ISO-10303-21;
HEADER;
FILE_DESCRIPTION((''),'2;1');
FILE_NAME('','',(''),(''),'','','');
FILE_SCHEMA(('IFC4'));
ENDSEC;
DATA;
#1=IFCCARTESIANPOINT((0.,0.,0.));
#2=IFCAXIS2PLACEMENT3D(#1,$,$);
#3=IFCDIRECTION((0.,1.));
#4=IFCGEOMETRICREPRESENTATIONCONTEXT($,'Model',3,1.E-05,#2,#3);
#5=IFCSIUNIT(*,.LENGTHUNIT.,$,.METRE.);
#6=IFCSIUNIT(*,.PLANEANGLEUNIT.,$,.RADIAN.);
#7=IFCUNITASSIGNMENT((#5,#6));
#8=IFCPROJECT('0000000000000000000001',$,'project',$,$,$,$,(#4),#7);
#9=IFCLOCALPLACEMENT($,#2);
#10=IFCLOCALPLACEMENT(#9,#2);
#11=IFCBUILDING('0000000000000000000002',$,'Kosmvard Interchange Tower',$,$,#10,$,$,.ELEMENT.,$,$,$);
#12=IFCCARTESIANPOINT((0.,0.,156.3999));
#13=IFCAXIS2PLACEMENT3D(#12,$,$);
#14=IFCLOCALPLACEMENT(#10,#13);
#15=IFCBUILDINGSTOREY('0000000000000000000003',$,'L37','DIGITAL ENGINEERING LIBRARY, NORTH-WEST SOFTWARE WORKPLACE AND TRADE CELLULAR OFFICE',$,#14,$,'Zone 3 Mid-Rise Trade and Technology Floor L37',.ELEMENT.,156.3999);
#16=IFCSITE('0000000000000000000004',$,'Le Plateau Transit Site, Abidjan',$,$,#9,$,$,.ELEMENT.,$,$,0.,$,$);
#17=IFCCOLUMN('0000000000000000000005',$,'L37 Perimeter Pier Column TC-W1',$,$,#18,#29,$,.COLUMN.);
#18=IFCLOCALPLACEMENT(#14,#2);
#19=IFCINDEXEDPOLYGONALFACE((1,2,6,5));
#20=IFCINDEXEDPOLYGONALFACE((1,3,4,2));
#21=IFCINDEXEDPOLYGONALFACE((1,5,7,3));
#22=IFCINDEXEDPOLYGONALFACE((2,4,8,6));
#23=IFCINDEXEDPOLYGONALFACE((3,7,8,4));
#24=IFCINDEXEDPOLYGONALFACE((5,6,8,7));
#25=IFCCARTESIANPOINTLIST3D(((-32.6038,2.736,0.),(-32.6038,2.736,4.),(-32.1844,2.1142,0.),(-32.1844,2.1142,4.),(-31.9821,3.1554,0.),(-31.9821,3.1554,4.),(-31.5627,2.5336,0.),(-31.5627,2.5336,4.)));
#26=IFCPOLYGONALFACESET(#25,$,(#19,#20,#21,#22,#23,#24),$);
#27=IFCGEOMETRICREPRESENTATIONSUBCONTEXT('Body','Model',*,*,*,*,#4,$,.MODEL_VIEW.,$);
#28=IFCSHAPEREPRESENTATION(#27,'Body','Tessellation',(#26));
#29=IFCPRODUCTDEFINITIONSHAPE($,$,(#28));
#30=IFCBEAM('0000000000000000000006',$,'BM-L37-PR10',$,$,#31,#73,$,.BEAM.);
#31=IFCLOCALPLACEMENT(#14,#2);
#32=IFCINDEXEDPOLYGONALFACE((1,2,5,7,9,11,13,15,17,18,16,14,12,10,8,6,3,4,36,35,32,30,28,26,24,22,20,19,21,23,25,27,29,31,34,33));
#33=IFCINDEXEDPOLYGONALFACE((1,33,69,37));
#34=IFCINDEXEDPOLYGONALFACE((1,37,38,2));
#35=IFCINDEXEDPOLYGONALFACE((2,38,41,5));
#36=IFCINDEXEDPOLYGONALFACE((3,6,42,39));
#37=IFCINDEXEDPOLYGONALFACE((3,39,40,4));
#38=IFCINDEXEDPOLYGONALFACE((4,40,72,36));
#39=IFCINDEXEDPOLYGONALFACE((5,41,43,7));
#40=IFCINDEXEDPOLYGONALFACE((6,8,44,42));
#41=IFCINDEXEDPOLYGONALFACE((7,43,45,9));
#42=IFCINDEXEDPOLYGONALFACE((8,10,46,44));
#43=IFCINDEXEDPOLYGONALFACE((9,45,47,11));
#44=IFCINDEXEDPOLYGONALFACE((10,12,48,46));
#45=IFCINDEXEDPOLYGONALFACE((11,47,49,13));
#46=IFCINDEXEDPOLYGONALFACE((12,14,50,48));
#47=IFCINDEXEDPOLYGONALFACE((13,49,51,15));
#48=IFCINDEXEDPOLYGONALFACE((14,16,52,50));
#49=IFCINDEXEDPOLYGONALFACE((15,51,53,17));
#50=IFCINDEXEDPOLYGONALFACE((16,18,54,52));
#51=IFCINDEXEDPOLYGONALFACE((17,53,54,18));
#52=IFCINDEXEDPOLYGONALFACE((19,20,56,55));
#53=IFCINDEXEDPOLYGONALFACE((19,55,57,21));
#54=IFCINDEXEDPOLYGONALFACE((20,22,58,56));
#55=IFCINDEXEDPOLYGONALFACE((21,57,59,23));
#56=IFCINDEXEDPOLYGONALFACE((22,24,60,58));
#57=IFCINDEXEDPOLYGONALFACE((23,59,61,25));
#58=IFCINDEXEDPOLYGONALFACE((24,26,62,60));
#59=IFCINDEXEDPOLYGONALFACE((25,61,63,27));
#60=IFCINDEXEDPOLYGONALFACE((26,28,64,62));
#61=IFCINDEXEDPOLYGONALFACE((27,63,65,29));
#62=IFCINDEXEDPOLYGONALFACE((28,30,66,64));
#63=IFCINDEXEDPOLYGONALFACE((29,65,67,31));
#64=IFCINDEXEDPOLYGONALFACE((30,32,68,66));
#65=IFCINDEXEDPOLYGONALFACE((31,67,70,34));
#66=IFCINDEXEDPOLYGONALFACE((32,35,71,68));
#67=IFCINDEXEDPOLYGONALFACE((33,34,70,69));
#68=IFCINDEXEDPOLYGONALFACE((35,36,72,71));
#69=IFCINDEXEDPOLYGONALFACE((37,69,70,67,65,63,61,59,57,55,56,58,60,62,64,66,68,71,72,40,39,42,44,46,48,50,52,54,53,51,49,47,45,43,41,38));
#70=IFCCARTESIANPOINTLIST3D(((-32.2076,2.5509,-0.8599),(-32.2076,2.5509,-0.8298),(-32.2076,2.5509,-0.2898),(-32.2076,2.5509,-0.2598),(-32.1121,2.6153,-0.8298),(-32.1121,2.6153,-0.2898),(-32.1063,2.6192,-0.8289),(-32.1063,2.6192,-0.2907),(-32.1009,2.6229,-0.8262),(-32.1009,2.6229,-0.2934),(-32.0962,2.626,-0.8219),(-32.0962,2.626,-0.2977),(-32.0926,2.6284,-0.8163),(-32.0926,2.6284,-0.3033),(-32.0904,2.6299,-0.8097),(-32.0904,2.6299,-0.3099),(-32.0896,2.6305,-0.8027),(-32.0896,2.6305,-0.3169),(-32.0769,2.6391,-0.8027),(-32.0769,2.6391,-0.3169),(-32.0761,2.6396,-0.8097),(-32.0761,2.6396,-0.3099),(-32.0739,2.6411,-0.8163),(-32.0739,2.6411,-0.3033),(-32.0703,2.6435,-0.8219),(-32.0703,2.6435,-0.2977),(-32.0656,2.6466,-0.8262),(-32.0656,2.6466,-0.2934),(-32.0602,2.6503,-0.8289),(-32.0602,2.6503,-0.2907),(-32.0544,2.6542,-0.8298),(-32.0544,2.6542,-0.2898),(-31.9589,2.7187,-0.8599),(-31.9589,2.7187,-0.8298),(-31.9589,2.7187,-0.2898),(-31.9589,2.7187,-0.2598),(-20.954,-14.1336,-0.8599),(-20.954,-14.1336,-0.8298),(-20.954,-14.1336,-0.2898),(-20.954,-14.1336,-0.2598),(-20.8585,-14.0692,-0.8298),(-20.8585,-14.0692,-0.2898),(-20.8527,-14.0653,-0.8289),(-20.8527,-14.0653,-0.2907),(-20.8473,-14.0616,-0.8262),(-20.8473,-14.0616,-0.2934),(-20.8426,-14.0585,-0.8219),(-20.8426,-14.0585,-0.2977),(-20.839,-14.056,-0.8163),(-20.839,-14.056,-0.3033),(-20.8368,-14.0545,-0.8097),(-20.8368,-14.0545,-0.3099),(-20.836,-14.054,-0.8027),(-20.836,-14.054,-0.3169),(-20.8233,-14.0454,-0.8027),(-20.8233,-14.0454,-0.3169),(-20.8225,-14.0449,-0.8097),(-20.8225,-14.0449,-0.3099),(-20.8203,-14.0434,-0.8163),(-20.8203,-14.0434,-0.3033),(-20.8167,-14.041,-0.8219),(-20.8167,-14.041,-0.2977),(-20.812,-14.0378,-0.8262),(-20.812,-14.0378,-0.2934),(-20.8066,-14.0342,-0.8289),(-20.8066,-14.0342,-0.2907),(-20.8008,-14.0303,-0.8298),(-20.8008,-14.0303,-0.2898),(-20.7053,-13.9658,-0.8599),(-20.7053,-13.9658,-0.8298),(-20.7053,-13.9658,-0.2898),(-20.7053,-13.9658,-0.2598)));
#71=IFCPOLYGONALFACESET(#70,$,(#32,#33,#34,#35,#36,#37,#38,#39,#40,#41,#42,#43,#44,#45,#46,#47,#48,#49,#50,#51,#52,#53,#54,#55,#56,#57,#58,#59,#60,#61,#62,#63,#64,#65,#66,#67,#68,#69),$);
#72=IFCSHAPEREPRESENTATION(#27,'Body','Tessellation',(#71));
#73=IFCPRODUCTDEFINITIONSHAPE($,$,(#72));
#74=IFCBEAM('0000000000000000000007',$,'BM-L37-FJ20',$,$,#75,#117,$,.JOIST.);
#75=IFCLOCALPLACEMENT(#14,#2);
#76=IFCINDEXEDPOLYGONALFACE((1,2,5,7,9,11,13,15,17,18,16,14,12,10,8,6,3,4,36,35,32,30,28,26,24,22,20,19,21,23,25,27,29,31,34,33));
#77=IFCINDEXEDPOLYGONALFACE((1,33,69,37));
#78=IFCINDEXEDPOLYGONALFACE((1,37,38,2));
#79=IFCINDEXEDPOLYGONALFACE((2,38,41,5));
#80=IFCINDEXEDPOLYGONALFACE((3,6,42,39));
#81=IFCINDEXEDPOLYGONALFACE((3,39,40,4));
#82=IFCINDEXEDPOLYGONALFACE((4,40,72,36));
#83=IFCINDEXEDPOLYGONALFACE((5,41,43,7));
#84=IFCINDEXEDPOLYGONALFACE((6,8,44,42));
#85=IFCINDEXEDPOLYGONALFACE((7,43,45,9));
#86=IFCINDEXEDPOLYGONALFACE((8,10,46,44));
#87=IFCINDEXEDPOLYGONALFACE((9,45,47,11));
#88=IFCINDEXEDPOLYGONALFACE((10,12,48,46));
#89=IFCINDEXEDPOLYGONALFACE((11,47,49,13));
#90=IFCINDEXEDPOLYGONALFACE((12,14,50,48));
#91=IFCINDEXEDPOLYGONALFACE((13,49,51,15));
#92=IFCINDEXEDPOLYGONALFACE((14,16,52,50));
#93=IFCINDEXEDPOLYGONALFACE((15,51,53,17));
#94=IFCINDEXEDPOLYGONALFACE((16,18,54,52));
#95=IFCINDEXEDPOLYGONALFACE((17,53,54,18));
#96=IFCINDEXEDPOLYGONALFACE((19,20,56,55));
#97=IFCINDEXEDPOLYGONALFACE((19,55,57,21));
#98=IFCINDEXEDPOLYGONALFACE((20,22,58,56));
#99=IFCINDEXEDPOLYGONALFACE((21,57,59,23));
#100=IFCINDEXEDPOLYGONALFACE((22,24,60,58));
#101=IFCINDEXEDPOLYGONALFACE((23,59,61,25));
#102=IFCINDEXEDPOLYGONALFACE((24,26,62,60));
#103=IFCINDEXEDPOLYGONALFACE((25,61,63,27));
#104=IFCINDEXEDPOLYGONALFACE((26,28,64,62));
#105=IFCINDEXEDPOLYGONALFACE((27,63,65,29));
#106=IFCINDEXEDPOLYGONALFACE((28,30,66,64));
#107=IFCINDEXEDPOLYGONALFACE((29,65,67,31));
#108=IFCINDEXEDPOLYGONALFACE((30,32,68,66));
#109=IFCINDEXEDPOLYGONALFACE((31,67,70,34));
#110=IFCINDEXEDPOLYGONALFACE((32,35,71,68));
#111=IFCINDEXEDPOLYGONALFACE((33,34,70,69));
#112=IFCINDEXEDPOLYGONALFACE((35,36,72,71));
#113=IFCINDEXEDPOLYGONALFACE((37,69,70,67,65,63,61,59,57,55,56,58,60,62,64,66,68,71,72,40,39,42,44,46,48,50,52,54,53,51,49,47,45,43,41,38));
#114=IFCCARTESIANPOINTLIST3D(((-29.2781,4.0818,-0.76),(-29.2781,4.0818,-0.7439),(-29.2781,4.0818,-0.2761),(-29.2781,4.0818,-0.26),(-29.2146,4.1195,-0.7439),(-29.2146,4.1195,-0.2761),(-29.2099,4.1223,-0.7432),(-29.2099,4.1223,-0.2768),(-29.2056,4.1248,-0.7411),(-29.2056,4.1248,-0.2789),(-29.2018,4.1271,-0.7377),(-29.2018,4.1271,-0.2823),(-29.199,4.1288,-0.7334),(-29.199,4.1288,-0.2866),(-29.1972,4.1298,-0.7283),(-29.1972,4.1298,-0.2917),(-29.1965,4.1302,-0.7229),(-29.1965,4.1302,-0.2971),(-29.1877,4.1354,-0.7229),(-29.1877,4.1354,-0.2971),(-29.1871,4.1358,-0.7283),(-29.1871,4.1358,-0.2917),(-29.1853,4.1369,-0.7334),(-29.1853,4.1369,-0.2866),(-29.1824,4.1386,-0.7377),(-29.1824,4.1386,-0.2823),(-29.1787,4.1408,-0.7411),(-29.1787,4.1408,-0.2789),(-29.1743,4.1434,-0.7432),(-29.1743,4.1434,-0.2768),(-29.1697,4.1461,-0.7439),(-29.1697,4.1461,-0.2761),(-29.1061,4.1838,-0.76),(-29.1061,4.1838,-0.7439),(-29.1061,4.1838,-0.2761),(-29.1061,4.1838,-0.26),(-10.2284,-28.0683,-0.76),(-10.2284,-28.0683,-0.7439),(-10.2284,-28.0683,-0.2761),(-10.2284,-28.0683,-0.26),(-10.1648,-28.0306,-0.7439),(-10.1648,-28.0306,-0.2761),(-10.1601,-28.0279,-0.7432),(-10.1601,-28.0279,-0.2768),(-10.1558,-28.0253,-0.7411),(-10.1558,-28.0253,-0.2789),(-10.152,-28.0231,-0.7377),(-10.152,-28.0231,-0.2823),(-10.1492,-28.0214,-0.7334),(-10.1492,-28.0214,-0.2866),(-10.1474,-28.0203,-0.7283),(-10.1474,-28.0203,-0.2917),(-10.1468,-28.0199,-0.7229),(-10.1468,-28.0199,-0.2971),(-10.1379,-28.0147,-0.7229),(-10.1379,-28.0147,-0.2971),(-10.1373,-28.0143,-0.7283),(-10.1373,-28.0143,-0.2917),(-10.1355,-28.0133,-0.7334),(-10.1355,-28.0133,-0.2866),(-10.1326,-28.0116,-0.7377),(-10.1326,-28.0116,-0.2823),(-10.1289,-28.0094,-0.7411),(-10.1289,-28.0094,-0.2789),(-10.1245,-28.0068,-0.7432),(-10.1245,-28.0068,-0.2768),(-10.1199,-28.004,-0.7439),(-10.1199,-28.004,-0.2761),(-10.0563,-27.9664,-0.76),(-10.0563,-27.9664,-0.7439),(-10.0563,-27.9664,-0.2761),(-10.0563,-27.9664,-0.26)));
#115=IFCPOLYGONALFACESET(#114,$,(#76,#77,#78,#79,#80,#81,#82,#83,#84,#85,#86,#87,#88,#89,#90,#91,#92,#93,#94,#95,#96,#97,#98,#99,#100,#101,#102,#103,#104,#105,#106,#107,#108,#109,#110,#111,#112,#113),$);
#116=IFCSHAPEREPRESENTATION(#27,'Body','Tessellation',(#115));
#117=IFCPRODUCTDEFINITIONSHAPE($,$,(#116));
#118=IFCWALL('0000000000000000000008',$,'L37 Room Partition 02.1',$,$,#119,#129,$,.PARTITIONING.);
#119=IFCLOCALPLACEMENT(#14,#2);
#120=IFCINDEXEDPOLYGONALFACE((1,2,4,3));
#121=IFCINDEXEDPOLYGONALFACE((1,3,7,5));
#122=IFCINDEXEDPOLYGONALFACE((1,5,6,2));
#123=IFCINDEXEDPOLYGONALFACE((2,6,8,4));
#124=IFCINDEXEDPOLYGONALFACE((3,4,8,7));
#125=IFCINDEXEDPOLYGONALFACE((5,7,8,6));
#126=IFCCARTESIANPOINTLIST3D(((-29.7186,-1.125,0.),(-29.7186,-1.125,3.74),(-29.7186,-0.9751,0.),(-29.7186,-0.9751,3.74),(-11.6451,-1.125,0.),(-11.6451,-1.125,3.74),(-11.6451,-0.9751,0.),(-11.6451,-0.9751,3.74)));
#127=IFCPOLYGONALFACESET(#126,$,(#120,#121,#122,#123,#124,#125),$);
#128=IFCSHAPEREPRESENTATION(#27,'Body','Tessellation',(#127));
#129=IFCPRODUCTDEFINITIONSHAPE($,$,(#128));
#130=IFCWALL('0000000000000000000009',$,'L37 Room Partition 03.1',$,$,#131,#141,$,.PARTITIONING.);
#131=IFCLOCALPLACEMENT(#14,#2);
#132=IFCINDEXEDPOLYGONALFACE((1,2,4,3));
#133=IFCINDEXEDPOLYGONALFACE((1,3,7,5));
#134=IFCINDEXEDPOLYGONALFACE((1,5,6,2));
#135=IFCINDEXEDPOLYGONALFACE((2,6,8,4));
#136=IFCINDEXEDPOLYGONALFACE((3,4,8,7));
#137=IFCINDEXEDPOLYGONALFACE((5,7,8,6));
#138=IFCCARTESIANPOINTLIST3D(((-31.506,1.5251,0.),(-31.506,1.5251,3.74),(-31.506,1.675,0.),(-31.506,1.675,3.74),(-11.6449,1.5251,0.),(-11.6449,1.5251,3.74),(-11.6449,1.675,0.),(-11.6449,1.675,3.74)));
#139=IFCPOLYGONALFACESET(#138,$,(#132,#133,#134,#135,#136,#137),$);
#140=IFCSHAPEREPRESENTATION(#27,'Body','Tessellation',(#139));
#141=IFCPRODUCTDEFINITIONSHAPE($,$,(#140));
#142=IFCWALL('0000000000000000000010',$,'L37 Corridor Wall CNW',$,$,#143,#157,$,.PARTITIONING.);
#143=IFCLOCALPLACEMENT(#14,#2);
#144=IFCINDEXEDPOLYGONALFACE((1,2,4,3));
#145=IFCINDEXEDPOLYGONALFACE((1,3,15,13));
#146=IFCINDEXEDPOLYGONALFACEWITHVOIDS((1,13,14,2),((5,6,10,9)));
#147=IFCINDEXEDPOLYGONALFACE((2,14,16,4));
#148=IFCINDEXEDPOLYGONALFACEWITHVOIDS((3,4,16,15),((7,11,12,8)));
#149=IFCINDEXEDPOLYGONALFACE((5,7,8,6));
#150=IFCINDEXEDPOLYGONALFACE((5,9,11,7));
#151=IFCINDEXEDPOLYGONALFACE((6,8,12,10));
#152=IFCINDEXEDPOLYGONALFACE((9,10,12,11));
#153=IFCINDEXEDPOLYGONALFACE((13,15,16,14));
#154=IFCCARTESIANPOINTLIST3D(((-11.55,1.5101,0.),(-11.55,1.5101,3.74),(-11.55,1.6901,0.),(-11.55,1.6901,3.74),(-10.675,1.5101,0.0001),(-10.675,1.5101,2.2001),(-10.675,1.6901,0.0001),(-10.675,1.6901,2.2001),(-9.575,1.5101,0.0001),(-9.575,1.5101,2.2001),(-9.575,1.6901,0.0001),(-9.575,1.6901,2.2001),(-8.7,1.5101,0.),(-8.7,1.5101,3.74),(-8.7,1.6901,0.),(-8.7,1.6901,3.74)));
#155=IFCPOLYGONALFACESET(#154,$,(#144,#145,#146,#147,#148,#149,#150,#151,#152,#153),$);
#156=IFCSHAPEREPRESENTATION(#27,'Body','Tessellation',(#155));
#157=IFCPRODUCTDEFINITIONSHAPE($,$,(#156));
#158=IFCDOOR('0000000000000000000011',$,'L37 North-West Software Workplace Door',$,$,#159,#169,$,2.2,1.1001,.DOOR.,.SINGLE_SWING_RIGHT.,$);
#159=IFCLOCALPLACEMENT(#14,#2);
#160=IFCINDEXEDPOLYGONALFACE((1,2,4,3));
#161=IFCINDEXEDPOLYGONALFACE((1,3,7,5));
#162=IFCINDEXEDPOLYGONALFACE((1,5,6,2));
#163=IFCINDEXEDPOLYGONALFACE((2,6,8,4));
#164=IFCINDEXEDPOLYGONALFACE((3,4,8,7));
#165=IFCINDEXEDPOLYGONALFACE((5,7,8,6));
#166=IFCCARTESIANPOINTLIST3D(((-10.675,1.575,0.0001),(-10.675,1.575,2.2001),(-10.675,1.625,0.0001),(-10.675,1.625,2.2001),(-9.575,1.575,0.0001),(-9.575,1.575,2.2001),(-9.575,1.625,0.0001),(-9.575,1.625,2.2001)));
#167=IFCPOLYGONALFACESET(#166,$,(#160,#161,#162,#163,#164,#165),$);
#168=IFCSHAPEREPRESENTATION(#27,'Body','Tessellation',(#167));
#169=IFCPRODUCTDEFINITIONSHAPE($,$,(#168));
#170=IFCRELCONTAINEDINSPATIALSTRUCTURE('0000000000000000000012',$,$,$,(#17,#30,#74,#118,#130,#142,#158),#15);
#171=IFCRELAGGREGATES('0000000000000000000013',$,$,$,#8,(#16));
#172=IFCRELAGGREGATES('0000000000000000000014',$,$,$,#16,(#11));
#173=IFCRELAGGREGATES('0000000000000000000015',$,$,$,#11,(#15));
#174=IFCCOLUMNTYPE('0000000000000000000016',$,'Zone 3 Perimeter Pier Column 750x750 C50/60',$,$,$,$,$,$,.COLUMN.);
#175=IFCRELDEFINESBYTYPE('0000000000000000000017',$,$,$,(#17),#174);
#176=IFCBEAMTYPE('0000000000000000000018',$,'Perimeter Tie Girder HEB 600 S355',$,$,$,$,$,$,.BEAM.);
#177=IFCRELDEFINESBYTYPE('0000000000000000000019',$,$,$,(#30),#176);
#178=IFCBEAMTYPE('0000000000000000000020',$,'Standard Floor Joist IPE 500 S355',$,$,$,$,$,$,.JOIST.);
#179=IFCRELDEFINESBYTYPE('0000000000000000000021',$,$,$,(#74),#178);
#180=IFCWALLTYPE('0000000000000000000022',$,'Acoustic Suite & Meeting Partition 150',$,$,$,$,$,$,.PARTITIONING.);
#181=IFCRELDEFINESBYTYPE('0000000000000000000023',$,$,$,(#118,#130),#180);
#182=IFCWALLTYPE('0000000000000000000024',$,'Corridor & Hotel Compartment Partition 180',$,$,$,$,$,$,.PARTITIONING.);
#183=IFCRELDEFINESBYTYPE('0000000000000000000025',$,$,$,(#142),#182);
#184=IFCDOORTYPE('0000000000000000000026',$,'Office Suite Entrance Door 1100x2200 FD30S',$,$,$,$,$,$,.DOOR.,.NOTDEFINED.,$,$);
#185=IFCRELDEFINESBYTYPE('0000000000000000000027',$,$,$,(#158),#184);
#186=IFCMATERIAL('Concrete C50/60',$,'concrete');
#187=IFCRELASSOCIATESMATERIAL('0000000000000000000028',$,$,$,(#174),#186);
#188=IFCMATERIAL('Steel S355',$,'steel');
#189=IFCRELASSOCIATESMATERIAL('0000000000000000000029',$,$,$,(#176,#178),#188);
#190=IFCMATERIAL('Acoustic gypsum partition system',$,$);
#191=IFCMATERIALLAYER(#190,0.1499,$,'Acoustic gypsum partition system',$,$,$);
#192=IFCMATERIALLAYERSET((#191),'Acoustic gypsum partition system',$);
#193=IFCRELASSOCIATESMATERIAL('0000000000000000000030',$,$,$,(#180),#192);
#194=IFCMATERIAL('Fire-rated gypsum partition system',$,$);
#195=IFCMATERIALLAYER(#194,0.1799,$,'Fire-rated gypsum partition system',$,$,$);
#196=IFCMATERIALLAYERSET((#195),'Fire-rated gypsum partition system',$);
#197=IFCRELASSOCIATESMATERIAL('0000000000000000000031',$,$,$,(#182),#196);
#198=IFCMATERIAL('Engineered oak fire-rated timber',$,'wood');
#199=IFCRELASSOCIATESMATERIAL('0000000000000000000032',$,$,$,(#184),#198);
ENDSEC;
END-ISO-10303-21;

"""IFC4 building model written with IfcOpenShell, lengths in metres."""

from ifc_helpers import new_model, si_unit, direction, frame, frame_2d, origin, origin_2d, place, context, subcontext, project, spatial, rectangle, i_section, extrude, source, transform, mapped, material, layer, layer_set, material_profile, profile_set, type_object, element, fill, save


model = new_model("IFC4")

# Units and contexts
model_context = context("Model", 3, precision=1e-05, world=origin(), true_north=direction((0.0, 1.0)))
body_context = subcontext(model_context, "Body", "Model", "MODEL_VIEW")
ifc_project = project(units=[si_unit("LENGTHUNIT", "METRE"), si_unit("PLANEANGLEUNIT", "RADIAN")], contexts=[model_context])

# Site, building, storey
site_placement = place(None, origin())
site = spatial("IfcSite", under=ifc_project, at=site_placement, Name="Le Plateau Transit Site, Abidjan", CompositionType="ELEMENT", RefElevation=0.0)
building_placement = place(site_placement, origin())
building = spatial("IfcBuilding", under=site, at=building_placement, Name="Kosmvard Interchange Tower", CompositionType="ELEMENT")
storey_placement = place(building_placement, frame((0.0, 0.0, 156.3999)))
storey = spatial("IfcBuildingStorey", under=building, at=storey_placement, Name="L37", Description="DIGITAL ENGINEERING LIBRARY, NORTH-WEST SOFTWARE WORKPLACE AND TRADE CELLULAR OFFICE", LongName="Zone 3 Mid-Rise Trade and Technology Floor L37", CompositionType="ELEMENT", Elevation=156.3999)

# Column
ifc_material_1 = material(Name="Concrete C50/60", Category="concrete")
ifc_material_profile_1 = material_profile(ifc_material_1, rectangle(XDim=0.75, YDim=0.75, at=origin_2d()), Name="TC 750x750")
ifc_profile_set_1 = profile_set([ifc_material_profile_1], Name="Concrete C50/60")
column_type = type_object("IfcColumnType", Name="Zone 3 Perimeter Pier Column 750x750 C50/60", PredefinedType="COLUMN", material=ifc_profile_set_1)
shared_shape_1 = source(origin(), body_context, "Body", "SweptSolid", [
    extrude(rectangle(XDim=0.75, YDim=0.75, at=origin_2d()), origin(), (0.0, 0.0, 1.0), 4.0),
])
column_placement = place(storey_placement, frame((-32.0833, 2.6348, 0.0), z_axis=(0.0, 0.0, 1.0), x_axis=(0.829038, 0.559193, 0.0)))
element("IfcColumn", 1, at=column_placement, inside=storey, type_object=column_type, Name="L37 Perimeter Pier Column TC-W1", PredefinedType="COLUMN", context=body_context, shape_type="MappedRepresentation", body=[
    mapped(shared_shape_1, transform((0.0, 0.0, 0.0), scale=1.0)),
])

# Beams
ifc_material_2 = material(Name="Steel S355", Category="steel")
ifc_material_profile_2 = material_profile(ifc_material_2, i_section(OverallWidth=0.3, OverallDepth=0.6001, WebThickness=0.0154, FlangeThickness=0.03, FilletRadius=0.0271, at=origin_2d()), Name="HEB 600")
ifc_profile_set_2 = profile_set([ifc_material_profile_2], Name="Steel S355")
beam_type_1 = type_object("IfcBeamType", Name="Perimeter Tie Girder HEB 600 S355", PredefinedType="BEAM", material=ifc_profile_set_2)
shared_shape_2 = source(origin(), body_context, "Body", "SweptSolid", [
    extrude(i_section(OverallWidth=0.3, OverallDepth=0.6001, WebThickness=0.0154, FlangeThickness=0.03, FilletRadius=0.0271, at=origin_2d()), origin(), (0.0, 0.0, 1.0), 20.125),
])
beam_1_placement = place(storey_placement, frame((-32.0833, 2.6348, -0.5598), z_axis=(0.559185, -0.829043, 0.0), x_axis=(0.829043, 0.559185, 0.0)))
element("IfcBeam", 2, at=beam_1_placement, inside=storey, type_object=beam_type_1, Name="BM-L37-PR10", PredefinedType="BEAM", context=body_context, shape_type="MappedRepresentation", body=[
    mapped(shared_shape_2, transform((0.0, 0.0, 0.0), scale=1.0)),
])
ifc_material_profile_3 = material_profile(ifc_material_2, i_section(OverallWidth=0.2, OverallDepth=0.5, WebThickness=0.0103, FlangeThickness=0.0161, FilletRadius=0.021, at=origin_2d()), Name="IPE 500")
ifc_profile_set_3 = profile_set([ifc_material_profile_3], Name="Steel S355")
beam_type_2 = type_object("IfcBeamType", Name="Standard Floor Joist IPE 500 S355", PredefinedType="JOIST", material=ifc_profile_set_3)
shared_shape_3 = source(origin(), body_context, "Body", "SweptSolid", [
    extrude(i_section(OverallWidth=0.2, OverallDepth=0.5, WebThickness=0.0103, FlangeThickness=0.0161, FilletRadius=0.021, at=origin_2d()), origin(), (0.0, 0.0, 1.0), 37.3701),
])
beam_2_placement = place(storey_placement, frame((-29.1921, 4.1328, -0.51), z_axis=(0.50976, -0.860317, 0.0), x_axis=(0.860317, 0.50976, 0.0)))
element("IfcBeam", 3, at=beam_2_placement, inside=storey, type_object=beam_type_2, Name="BM-L37-FJ20", PredefinedType="JOIST", context=body_context, shape_type="MappedRepresentation", body=[
    mapped(shared_shape_3, transform((0.0, 0.0, 0.0), scale=1.0)),
])

# Walls
ifc_material_3 = material(Name="Acoustic gypsum partition system")
ifc_layer_1 = layer(ifc_material_3, 0.1499, Name="Acoustic gypsum partition system")
ifc_layer_set_1 = layer_set([ifc_layer_1], Name="Acoustic gypsum partition system")
wall_type_1 = type_object("IfcWallType", Name="Acoustic Suite & Meeting Partition 150", PredefinedType="PARTITIONING", material=ifc_layer_set_1)
wall_1_placement = place(storey_placement, frame((-29.7185, -1.05, 0.0), z_axis=(0.0, 0.0, 1.0), x_axis=(1.0, 0.0, 0.0)))
element("IfcWall", 4, at=wall_1_placement, inside=storey, type_object=wall_type_1, Name="L37 Room Partition 02.1", PredefinedType="PARTITIONING", context=body_context, shape_type="SweptSolid", body=[
    extrude(rectangle(XDim=18.0735, YDim=0.1499, at=frame_2d((9.0366, 0.0))), origin(), (0.0, 0.0, 1.0), 3.74),
])
wall_2_placement = place(storey_placement, frame((-31.5061, 1.6001, 0.0), z_axis=(0.0, 0.0, 1.0), x_axis=(1.0, 0.0, 0.0)))
element("IfcWall", 5, at=wall_2_placement, inside=storey, type_object=wall_type_1, Name="L37 Room Partition 03.1", PredefinedType="PARTITIONING", context=body_context, shape_type="SweptSolid", body=[
    extrude(rectangle(XDim=19.8611, YDim=0.1499, at=frame_2d((9.9307, 0.0))), origin(), (0.0, 0.0, 1.0), 3.74),
])

# Wall, opening, door
ifc_material_4 = material(Name="Fire-rated gypsum partition system")
ifc_layer_2 = layer(ifc_material_4, 0.1799, Name="Fire-rated gypsum partition system")
ifc_layer_set_2 = layer_set([ifc_layer_2], Name="Fire-rated gypsum partition system")
wall_type_2 = type_object("IfcWallType", Name="Corridor & Hotel Compartment Partition 180", PredefinedType="PARTITIONING", material=ifc_layer_set_2)
wall_3_placement = place(storey_placement, frame((-11.55, 1.6001, 0.0), z_axis=(0.0, 0.0, 1.0), x_axis=(1.0, 0.0, 0.0)))
wall_3 = element("IfcWall", 6, at=wall_3_placement, inside=storey, type_object=wall_type_2, Name="L37 Corridor Wall CNW", PredefinedType="PARTITIONING", context=body_context, shape_type="SweptSolid", body=[
    extrude(rectangle(XDim=2.8501, YDim=0.1799, at=frame_2d((1.425, 0.0))), origin(), (0.0, 0.0, 1.0), 3.74),
])
opening_1_placement = place(wall_3_placement, frame((0.875, 0.0, 0.0)))
opening_1 = element("IfcOpeningElement", 7, at=opening_1_placement, cuts=wall_3, PredefinedType="OPENING", context=body_context, shape_type="SweptSolid", body=[
    extrude(rectangle(XDim=1.1001, YDim=2.2, at=frame_2d((0.55, 1.1001))), frame((0.0, 0.1001, 0.0), z_axis=(0.0, -1.0, 0.0), x_axis=(1.0, 0.0, 0.0)), (0.0, 0.0, 1.0), 0.2),
])
ifc_material_5 = material(Name="Engineered oak fire-rated timber", Category="wood")
door_type_1 = type_object("IfcDoorType", Name="Office Suite Entrance Door 1100x2200 FD30S", OperationType="NOTDEFINED", PredefinedType="DOOR", material=ifc_material_5)
shared_shape_4 = source(origin(), body_context, "Body", "SweptSolid", [
    extrude(rectangle(XDim=1.1001, YDim=2.2, at=frame_2d((0.55, 1.1001))), frame((0.0, 0.0249, 0.0), z_axis=(0.0, -1.0, 0.0), x_axis=(1.0, 0.0, 0.0)), (0.0, 0.0, 1.0), 0.05),
])
door_1_placement = place(opening_1_placement, origin())
door_1 = element("IfcDoor", 8, at=door_1_placement, inside=storey, type_object=door_type_1, Name="L37 North-West Software Workplace Door", OperationType="SINGLE_SWING_RIGHT", OverallHeight=2.2, OverallWidth=1.1001, PredefinedType="DOOR", context=body_context, shape_type="MappedRepresentation", body=[
    mapped(shared_shape_4, transform((0.0, 0.0, 0.0), scale=1.0)),
])
fill(opening_1, door_1)

save(model, "model.ifc")
